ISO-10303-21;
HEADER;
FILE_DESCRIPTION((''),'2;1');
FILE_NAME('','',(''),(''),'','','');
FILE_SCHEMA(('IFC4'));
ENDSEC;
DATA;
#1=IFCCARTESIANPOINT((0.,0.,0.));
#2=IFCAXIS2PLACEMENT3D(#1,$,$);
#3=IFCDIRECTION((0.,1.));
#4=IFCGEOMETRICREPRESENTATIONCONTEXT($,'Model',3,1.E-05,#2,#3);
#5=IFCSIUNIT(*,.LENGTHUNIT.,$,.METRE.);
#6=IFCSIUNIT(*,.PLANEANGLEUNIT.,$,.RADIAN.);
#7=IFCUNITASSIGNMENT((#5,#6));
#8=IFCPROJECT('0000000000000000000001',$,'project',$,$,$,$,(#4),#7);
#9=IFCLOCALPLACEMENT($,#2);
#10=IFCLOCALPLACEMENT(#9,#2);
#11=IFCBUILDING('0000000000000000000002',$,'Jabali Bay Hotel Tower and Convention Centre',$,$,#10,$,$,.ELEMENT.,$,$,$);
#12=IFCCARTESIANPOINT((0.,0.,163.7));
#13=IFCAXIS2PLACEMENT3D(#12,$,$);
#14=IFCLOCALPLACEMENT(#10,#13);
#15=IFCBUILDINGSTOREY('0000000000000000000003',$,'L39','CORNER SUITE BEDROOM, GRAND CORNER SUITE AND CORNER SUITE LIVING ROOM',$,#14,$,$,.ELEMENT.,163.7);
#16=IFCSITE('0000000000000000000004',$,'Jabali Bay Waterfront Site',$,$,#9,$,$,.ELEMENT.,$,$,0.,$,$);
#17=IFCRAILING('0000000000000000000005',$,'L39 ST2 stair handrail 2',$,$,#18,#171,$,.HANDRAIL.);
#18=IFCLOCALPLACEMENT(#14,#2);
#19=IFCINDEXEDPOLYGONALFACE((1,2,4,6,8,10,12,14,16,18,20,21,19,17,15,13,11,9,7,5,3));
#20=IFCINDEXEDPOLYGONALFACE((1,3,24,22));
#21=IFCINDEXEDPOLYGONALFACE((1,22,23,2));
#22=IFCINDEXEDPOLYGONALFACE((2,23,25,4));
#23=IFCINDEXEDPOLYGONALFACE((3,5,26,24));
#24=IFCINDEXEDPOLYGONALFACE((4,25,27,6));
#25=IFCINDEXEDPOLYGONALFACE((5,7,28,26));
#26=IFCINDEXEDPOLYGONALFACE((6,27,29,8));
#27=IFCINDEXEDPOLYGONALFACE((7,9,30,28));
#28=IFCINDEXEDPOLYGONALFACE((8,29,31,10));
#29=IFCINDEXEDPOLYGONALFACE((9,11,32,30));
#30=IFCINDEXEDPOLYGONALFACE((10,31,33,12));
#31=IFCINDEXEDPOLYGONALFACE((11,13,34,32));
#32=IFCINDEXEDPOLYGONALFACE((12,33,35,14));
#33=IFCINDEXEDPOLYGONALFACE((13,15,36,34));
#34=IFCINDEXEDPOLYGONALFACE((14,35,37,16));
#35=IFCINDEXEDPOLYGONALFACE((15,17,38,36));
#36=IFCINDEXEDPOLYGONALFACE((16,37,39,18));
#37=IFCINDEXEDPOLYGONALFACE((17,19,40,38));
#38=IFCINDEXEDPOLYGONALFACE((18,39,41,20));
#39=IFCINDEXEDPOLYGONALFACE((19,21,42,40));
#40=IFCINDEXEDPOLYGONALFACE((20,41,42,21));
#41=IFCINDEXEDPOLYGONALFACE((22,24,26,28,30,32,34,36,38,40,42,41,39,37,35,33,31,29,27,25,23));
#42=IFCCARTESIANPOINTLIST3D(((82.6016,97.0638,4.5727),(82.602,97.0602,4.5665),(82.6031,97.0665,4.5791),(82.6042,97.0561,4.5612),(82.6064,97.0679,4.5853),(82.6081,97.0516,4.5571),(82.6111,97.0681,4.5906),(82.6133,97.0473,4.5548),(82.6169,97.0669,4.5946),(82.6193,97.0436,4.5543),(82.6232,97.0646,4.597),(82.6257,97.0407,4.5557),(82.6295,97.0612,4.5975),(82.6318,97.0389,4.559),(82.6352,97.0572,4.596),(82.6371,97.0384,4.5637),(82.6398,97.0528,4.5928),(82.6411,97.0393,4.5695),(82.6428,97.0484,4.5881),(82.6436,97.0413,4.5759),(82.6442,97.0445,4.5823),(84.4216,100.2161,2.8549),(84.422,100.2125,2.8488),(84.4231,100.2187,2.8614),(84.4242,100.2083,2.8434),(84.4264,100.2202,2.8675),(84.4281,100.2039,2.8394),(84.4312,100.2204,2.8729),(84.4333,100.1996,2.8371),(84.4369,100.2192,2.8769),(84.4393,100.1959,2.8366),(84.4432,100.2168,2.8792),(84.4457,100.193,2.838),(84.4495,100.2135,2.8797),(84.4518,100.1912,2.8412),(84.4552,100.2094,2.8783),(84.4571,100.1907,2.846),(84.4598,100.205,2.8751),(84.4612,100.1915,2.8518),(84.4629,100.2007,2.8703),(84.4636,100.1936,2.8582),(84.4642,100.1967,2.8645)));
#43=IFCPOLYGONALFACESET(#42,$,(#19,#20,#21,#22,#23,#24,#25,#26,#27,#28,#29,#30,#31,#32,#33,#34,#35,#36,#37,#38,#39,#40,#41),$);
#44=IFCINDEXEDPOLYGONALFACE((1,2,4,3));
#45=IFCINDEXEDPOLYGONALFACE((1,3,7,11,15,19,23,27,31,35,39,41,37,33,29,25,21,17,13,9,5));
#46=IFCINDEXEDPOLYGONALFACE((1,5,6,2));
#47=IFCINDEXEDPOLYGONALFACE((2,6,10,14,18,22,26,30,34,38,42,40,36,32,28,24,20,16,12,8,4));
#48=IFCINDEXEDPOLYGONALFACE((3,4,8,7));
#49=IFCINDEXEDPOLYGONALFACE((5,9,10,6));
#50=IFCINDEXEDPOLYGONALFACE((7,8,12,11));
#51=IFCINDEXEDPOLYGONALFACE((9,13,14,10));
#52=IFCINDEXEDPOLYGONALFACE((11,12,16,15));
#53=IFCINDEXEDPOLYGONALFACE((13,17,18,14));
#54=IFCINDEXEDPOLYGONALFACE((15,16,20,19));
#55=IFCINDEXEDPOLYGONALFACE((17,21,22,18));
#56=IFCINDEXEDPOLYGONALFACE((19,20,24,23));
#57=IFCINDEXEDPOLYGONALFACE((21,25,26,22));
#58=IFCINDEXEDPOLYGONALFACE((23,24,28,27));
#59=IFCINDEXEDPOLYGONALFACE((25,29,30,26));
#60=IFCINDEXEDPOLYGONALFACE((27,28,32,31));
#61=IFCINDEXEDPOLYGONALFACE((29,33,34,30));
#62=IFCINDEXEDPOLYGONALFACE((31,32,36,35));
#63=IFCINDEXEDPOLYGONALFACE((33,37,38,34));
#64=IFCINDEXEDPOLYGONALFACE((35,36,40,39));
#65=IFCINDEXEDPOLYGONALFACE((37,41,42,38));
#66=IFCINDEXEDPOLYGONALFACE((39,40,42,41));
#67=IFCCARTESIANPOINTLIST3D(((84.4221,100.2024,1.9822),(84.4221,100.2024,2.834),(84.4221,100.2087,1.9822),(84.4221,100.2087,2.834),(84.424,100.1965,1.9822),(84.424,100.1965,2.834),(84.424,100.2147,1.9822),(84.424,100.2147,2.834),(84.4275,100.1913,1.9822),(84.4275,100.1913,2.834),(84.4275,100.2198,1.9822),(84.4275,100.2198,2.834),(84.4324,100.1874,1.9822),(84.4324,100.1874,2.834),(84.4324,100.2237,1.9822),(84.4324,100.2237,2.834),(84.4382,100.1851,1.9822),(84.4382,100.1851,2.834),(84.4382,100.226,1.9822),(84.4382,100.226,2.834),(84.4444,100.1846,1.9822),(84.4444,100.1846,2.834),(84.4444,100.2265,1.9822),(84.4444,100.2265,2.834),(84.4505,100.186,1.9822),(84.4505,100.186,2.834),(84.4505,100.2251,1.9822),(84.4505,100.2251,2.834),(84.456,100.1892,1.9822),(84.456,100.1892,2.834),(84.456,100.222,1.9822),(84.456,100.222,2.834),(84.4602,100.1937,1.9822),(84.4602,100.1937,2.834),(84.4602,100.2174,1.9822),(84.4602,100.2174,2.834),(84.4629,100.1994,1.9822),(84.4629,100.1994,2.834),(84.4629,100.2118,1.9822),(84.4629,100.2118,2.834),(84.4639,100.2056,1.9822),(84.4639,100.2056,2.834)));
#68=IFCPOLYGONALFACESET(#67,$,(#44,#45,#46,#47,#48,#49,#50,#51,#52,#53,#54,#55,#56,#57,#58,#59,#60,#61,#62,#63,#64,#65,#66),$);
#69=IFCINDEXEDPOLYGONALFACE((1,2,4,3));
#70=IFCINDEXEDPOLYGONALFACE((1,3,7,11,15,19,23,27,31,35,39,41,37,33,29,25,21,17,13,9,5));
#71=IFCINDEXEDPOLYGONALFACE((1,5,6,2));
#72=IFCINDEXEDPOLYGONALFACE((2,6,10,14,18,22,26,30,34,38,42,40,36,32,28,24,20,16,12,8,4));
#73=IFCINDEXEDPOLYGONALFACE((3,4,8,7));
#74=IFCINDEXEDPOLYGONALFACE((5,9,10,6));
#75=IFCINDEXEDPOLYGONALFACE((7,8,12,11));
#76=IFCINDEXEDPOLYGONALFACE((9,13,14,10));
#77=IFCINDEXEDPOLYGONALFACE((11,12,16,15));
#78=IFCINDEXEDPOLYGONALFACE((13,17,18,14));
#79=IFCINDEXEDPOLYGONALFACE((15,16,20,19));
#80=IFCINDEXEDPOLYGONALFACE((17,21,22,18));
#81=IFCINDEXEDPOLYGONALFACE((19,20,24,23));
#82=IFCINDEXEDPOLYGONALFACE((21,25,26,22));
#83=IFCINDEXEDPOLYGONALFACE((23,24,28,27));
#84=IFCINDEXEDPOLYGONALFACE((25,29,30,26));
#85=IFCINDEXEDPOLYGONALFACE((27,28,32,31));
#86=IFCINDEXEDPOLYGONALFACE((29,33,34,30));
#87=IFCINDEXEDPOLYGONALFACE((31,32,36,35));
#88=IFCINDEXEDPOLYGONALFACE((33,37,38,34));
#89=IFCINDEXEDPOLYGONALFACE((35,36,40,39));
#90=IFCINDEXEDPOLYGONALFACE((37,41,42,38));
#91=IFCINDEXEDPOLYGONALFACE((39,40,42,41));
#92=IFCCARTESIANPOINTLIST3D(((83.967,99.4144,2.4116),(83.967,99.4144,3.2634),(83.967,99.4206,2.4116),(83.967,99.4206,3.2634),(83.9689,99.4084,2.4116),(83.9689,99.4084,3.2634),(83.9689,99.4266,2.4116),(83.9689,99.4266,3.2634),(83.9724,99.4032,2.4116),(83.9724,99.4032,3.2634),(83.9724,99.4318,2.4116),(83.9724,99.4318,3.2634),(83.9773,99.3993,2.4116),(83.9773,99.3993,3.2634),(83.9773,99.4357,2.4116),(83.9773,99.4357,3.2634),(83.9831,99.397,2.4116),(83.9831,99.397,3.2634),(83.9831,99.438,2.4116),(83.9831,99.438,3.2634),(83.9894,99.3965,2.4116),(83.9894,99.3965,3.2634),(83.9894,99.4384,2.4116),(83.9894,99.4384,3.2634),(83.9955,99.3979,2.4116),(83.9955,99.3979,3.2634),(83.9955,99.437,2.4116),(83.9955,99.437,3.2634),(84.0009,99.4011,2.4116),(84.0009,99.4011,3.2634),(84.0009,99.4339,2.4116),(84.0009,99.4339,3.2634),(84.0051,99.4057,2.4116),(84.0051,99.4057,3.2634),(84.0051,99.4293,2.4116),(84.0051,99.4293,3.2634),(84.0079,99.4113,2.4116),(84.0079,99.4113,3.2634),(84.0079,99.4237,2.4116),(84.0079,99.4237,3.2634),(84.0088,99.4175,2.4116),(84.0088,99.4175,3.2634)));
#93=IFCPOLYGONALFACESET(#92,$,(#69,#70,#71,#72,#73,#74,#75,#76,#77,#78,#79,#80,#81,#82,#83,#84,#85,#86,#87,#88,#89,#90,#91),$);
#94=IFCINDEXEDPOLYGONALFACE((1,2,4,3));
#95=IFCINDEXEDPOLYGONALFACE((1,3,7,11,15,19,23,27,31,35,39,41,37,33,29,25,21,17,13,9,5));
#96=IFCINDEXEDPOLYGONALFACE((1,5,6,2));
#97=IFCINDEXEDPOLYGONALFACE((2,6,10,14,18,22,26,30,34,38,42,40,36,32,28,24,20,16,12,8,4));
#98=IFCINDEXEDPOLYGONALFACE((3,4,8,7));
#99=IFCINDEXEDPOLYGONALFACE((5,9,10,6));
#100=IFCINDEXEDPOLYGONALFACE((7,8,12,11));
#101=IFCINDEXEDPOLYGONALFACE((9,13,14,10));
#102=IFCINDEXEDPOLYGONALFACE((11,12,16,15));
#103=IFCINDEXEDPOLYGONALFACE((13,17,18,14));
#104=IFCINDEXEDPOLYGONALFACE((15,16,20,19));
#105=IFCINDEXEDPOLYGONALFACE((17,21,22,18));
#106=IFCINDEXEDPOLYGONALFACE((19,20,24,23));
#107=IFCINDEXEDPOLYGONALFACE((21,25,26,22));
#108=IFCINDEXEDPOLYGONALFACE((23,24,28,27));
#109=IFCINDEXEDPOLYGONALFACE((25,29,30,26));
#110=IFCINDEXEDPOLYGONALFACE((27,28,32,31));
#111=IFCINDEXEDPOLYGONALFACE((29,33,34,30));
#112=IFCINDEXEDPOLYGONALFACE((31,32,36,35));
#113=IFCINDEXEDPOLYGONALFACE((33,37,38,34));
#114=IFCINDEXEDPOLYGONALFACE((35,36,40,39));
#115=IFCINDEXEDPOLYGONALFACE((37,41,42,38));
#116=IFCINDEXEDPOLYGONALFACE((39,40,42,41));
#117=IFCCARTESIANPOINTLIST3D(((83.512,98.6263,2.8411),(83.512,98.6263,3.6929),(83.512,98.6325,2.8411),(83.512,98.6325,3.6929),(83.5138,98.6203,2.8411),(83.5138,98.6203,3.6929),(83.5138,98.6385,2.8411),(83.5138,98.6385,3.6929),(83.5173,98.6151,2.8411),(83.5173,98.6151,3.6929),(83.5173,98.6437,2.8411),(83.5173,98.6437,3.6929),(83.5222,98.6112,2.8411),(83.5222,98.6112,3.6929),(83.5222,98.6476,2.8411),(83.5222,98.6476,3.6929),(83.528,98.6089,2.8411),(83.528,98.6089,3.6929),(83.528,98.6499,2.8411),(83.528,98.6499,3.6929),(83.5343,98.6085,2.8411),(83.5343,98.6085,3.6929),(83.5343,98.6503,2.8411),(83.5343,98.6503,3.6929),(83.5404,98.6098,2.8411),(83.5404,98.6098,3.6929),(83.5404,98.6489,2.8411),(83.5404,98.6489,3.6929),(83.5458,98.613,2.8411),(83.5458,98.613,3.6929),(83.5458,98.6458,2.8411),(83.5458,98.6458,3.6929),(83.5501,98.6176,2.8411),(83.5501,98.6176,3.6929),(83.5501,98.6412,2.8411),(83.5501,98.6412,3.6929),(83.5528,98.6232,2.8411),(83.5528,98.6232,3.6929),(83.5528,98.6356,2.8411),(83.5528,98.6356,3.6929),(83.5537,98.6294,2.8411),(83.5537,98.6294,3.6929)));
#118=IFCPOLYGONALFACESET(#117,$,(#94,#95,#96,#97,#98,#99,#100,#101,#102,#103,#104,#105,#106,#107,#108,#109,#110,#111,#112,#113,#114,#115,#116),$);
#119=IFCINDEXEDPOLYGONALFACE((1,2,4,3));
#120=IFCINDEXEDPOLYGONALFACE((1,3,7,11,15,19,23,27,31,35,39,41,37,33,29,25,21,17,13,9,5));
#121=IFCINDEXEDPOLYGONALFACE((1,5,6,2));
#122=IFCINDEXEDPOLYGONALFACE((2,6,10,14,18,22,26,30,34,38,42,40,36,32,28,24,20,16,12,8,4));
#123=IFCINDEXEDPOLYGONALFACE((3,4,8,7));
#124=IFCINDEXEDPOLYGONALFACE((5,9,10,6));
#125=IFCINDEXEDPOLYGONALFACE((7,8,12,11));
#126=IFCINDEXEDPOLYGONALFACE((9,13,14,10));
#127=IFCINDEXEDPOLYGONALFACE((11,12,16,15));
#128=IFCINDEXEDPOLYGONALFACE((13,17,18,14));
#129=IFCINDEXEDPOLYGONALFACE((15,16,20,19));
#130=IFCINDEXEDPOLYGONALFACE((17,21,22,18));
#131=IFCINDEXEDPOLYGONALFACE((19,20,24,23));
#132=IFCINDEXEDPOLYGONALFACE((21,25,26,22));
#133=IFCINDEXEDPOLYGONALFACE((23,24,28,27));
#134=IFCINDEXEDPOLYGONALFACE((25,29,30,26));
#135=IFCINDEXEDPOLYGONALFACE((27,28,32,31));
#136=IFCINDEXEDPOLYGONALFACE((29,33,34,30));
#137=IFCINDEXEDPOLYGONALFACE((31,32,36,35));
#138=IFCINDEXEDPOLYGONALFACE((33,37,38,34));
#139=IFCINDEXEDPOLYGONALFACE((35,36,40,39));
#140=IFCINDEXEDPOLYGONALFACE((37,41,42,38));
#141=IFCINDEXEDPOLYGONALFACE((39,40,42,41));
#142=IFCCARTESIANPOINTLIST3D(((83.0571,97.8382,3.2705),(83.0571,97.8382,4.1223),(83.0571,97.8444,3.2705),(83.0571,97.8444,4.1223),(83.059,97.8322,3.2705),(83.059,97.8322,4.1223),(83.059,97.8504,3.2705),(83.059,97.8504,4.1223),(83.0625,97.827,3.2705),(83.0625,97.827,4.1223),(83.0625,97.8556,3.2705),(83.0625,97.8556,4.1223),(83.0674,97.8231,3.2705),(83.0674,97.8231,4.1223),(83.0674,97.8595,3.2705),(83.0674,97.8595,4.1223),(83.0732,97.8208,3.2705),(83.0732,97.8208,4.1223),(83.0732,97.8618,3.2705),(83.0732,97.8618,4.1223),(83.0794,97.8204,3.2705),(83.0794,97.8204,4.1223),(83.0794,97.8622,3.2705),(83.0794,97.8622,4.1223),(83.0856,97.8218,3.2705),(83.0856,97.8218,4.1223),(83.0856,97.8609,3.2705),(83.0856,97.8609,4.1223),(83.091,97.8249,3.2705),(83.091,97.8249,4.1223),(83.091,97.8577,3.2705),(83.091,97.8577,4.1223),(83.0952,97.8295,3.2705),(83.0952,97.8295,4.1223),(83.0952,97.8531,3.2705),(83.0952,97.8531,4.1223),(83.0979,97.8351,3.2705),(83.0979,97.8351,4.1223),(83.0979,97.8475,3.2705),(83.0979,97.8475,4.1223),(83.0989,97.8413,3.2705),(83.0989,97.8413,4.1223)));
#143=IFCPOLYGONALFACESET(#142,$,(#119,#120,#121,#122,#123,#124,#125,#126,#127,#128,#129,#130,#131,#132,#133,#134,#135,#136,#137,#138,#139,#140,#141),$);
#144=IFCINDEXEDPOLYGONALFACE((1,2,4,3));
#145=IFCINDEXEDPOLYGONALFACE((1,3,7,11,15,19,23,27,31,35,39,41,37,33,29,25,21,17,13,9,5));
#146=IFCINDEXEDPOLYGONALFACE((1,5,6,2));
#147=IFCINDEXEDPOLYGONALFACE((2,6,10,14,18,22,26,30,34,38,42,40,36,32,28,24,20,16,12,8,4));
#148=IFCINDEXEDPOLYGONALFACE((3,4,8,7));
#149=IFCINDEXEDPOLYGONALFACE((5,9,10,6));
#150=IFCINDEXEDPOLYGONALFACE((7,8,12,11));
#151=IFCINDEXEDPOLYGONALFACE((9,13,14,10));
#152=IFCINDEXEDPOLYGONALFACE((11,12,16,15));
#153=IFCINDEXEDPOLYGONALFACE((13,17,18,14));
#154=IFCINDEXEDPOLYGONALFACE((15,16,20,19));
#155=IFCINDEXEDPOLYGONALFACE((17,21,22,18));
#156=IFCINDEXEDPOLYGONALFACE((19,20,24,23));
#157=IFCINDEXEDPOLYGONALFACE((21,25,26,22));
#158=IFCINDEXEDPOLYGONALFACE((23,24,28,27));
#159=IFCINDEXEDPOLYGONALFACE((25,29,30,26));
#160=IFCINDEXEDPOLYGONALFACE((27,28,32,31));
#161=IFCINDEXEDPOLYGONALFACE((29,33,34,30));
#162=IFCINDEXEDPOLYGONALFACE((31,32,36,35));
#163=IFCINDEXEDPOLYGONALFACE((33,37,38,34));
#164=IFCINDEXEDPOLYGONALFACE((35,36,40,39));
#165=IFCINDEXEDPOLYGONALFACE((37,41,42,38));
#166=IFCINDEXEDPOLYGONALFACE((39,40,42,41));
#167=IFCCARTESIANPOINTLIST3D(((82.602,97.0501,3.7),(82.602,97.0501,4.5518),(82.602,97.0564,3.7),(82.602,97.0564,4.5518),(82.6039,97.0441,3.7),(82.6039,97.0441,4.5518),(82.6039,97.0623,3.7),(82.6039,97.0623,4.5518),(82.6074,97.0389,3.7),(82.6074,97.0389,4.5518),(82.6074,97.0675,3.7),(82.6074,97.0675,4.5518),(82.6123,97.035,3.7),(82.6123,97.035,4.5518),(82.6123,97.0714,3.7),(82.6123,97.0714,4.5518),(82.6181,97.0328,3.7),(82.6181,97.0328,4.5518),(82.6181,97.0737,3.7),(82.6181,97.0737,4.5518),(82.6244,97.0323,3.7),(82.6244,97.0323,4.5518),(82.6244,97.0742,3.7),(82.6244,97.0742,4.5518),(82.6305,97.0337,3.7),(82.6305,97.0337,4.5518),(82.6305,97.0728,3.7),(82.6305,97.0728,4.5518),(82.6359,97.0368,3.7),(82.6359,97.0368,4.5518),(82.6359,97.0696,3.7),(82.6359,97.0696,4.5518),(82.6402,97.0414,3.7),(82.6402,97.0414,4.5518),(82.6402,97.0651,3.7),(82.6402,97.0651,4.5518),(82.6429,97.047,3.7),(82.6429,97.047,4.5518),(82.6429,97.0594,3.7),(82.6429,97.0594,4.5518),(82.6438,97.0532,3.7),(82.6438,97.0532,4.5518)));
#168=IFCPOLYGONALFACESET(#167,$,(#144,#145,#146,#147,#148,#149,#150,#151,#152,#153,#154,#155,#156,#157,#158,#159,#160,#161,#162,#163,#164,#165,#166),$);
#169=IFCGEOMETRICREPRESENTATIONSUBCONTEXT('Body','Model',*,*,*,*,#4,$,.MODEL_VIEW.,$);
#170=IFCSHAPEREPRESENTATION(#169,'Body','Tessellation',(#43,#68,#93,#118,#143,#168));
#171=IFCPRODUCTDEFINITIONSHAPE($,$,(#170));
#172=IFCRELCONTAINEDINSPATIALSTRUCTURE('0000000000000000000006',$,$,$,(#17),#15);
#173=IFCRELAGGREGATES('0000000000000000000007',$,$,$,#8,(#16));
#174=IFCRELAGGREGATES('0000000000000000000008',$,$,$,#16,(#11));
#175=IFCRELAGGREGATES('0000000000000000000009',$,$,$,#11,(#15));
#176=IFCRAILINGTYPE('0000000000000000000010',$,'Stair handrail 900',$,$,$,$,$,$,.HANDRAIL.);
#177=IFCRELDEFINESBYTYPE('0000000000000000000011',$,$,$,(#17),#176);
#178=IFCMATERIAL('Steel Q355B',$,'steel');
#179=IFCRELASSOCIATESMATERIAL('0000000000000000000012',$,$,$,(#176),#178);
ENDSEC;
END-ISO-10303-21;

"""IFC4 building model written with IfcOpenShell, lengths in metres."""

from ifc_helpers import new_model, si_unit, direction, frame, origin, origin_2d, place, context, subcontext, project, spatial, circle, extrude, material, type_object, element, save


model = new_model("IFC4")

# Units and contexts
model_context = context("Model", 3, precision=1e-05, world=origin(), true_north=direction((0.0, 1.0)))
body_context = subcontext(model_context, "Body", "Model", "MODEL_VIEW")
ifc_project = project(units=[si_unit("LENGTHUNIT", "METRE"), si_unit("PLANEANGLEUNIT", "RADIAN")], contexts=[model_context])

# Site, building, storey
site_placement = place(None, origin())
site = spatial("IfcSite", under=ifc_project, at=site_placement, Name="Jabali Bay Waterfront Site", CompositionType="ELEMENT", RefElevation=0.0)
building_placement = place(site_placement, origin())
building = spatial("IfcBuilding", under=site, at=building_placement, Name="Jabali Bay Hotel Tower and Convention Centre", CompositionType="ELEMENT")
storey_placement = place(building_placement, frame((0.0, 0.0, 163.7)))
storey = spatial("IfcBuildingStorey", under=building, at=storey_placement, Name="L39", Description="CORNER SUITE BEDROOM, GRAND CORNER SUITE AND CORNER SUITE LIVING ROOM", CompositionType="ELEMENT", Elevation=163.7)

# Railing
ifc_material_1 = material(Name="Steel Q355B", Category="steel")
railing_type_1 = type_object("IfcRailingType", Name="Stair handrail 900", PredefinedType="HANDRAIL", material=ifc_material_1)
railing_1_placement = place(storey_placement, frame((84.4429, 100.2056, 1.9822)))
element("IfcRailing", 1, at=railing_1_placement, inside=storey, type_object=railing_type_1, Name="L39 ST2 stair handrail 2", PredefinedType="HANDRAIL", context=body_context, shape_type="SweptSolid", body=[
    extrude(circle(Radius=0.0239, at=origin_2d()), frame((0.0, 0.0, 0.876), z_axis=(-0.45219, -0.78319, 0.426775), x_axis=(0.866018, -0.500013, 0.0)), (0.0, 0.0, 1.0), 4.0249),
    extrude(circle(Radius=0.021, at=origin_2d()), origin(), (0.0, 0.0, 1.0), 0.8518),
    extrude(circle(Radius=0.021, at=origin_2d()), frame((-0.4551, -0.7881, 0.4294)), (0.0, 0.0, 1.0), 0.8518),
    extrude(circle(Radius=0.021, at=origin_2d()), frame((-0.9102, -1.5762, 0.8589)), (0.0, 0.0, 1.0), 0.8518),
    extrude(circle(Radius=0.021, at=origin_2d()), frame((-1.365, -2.3643, 1.2883)), (0.0, 0.0, 1.0), 0.8518),
    extrude(circle(Radius=0.021, at=origin_2d()), frame((-1.8201, -3.1523, 1.7178)), (0.0, 0.0, 1.0), 0.8518),
])

save(model, "model.ifc")
